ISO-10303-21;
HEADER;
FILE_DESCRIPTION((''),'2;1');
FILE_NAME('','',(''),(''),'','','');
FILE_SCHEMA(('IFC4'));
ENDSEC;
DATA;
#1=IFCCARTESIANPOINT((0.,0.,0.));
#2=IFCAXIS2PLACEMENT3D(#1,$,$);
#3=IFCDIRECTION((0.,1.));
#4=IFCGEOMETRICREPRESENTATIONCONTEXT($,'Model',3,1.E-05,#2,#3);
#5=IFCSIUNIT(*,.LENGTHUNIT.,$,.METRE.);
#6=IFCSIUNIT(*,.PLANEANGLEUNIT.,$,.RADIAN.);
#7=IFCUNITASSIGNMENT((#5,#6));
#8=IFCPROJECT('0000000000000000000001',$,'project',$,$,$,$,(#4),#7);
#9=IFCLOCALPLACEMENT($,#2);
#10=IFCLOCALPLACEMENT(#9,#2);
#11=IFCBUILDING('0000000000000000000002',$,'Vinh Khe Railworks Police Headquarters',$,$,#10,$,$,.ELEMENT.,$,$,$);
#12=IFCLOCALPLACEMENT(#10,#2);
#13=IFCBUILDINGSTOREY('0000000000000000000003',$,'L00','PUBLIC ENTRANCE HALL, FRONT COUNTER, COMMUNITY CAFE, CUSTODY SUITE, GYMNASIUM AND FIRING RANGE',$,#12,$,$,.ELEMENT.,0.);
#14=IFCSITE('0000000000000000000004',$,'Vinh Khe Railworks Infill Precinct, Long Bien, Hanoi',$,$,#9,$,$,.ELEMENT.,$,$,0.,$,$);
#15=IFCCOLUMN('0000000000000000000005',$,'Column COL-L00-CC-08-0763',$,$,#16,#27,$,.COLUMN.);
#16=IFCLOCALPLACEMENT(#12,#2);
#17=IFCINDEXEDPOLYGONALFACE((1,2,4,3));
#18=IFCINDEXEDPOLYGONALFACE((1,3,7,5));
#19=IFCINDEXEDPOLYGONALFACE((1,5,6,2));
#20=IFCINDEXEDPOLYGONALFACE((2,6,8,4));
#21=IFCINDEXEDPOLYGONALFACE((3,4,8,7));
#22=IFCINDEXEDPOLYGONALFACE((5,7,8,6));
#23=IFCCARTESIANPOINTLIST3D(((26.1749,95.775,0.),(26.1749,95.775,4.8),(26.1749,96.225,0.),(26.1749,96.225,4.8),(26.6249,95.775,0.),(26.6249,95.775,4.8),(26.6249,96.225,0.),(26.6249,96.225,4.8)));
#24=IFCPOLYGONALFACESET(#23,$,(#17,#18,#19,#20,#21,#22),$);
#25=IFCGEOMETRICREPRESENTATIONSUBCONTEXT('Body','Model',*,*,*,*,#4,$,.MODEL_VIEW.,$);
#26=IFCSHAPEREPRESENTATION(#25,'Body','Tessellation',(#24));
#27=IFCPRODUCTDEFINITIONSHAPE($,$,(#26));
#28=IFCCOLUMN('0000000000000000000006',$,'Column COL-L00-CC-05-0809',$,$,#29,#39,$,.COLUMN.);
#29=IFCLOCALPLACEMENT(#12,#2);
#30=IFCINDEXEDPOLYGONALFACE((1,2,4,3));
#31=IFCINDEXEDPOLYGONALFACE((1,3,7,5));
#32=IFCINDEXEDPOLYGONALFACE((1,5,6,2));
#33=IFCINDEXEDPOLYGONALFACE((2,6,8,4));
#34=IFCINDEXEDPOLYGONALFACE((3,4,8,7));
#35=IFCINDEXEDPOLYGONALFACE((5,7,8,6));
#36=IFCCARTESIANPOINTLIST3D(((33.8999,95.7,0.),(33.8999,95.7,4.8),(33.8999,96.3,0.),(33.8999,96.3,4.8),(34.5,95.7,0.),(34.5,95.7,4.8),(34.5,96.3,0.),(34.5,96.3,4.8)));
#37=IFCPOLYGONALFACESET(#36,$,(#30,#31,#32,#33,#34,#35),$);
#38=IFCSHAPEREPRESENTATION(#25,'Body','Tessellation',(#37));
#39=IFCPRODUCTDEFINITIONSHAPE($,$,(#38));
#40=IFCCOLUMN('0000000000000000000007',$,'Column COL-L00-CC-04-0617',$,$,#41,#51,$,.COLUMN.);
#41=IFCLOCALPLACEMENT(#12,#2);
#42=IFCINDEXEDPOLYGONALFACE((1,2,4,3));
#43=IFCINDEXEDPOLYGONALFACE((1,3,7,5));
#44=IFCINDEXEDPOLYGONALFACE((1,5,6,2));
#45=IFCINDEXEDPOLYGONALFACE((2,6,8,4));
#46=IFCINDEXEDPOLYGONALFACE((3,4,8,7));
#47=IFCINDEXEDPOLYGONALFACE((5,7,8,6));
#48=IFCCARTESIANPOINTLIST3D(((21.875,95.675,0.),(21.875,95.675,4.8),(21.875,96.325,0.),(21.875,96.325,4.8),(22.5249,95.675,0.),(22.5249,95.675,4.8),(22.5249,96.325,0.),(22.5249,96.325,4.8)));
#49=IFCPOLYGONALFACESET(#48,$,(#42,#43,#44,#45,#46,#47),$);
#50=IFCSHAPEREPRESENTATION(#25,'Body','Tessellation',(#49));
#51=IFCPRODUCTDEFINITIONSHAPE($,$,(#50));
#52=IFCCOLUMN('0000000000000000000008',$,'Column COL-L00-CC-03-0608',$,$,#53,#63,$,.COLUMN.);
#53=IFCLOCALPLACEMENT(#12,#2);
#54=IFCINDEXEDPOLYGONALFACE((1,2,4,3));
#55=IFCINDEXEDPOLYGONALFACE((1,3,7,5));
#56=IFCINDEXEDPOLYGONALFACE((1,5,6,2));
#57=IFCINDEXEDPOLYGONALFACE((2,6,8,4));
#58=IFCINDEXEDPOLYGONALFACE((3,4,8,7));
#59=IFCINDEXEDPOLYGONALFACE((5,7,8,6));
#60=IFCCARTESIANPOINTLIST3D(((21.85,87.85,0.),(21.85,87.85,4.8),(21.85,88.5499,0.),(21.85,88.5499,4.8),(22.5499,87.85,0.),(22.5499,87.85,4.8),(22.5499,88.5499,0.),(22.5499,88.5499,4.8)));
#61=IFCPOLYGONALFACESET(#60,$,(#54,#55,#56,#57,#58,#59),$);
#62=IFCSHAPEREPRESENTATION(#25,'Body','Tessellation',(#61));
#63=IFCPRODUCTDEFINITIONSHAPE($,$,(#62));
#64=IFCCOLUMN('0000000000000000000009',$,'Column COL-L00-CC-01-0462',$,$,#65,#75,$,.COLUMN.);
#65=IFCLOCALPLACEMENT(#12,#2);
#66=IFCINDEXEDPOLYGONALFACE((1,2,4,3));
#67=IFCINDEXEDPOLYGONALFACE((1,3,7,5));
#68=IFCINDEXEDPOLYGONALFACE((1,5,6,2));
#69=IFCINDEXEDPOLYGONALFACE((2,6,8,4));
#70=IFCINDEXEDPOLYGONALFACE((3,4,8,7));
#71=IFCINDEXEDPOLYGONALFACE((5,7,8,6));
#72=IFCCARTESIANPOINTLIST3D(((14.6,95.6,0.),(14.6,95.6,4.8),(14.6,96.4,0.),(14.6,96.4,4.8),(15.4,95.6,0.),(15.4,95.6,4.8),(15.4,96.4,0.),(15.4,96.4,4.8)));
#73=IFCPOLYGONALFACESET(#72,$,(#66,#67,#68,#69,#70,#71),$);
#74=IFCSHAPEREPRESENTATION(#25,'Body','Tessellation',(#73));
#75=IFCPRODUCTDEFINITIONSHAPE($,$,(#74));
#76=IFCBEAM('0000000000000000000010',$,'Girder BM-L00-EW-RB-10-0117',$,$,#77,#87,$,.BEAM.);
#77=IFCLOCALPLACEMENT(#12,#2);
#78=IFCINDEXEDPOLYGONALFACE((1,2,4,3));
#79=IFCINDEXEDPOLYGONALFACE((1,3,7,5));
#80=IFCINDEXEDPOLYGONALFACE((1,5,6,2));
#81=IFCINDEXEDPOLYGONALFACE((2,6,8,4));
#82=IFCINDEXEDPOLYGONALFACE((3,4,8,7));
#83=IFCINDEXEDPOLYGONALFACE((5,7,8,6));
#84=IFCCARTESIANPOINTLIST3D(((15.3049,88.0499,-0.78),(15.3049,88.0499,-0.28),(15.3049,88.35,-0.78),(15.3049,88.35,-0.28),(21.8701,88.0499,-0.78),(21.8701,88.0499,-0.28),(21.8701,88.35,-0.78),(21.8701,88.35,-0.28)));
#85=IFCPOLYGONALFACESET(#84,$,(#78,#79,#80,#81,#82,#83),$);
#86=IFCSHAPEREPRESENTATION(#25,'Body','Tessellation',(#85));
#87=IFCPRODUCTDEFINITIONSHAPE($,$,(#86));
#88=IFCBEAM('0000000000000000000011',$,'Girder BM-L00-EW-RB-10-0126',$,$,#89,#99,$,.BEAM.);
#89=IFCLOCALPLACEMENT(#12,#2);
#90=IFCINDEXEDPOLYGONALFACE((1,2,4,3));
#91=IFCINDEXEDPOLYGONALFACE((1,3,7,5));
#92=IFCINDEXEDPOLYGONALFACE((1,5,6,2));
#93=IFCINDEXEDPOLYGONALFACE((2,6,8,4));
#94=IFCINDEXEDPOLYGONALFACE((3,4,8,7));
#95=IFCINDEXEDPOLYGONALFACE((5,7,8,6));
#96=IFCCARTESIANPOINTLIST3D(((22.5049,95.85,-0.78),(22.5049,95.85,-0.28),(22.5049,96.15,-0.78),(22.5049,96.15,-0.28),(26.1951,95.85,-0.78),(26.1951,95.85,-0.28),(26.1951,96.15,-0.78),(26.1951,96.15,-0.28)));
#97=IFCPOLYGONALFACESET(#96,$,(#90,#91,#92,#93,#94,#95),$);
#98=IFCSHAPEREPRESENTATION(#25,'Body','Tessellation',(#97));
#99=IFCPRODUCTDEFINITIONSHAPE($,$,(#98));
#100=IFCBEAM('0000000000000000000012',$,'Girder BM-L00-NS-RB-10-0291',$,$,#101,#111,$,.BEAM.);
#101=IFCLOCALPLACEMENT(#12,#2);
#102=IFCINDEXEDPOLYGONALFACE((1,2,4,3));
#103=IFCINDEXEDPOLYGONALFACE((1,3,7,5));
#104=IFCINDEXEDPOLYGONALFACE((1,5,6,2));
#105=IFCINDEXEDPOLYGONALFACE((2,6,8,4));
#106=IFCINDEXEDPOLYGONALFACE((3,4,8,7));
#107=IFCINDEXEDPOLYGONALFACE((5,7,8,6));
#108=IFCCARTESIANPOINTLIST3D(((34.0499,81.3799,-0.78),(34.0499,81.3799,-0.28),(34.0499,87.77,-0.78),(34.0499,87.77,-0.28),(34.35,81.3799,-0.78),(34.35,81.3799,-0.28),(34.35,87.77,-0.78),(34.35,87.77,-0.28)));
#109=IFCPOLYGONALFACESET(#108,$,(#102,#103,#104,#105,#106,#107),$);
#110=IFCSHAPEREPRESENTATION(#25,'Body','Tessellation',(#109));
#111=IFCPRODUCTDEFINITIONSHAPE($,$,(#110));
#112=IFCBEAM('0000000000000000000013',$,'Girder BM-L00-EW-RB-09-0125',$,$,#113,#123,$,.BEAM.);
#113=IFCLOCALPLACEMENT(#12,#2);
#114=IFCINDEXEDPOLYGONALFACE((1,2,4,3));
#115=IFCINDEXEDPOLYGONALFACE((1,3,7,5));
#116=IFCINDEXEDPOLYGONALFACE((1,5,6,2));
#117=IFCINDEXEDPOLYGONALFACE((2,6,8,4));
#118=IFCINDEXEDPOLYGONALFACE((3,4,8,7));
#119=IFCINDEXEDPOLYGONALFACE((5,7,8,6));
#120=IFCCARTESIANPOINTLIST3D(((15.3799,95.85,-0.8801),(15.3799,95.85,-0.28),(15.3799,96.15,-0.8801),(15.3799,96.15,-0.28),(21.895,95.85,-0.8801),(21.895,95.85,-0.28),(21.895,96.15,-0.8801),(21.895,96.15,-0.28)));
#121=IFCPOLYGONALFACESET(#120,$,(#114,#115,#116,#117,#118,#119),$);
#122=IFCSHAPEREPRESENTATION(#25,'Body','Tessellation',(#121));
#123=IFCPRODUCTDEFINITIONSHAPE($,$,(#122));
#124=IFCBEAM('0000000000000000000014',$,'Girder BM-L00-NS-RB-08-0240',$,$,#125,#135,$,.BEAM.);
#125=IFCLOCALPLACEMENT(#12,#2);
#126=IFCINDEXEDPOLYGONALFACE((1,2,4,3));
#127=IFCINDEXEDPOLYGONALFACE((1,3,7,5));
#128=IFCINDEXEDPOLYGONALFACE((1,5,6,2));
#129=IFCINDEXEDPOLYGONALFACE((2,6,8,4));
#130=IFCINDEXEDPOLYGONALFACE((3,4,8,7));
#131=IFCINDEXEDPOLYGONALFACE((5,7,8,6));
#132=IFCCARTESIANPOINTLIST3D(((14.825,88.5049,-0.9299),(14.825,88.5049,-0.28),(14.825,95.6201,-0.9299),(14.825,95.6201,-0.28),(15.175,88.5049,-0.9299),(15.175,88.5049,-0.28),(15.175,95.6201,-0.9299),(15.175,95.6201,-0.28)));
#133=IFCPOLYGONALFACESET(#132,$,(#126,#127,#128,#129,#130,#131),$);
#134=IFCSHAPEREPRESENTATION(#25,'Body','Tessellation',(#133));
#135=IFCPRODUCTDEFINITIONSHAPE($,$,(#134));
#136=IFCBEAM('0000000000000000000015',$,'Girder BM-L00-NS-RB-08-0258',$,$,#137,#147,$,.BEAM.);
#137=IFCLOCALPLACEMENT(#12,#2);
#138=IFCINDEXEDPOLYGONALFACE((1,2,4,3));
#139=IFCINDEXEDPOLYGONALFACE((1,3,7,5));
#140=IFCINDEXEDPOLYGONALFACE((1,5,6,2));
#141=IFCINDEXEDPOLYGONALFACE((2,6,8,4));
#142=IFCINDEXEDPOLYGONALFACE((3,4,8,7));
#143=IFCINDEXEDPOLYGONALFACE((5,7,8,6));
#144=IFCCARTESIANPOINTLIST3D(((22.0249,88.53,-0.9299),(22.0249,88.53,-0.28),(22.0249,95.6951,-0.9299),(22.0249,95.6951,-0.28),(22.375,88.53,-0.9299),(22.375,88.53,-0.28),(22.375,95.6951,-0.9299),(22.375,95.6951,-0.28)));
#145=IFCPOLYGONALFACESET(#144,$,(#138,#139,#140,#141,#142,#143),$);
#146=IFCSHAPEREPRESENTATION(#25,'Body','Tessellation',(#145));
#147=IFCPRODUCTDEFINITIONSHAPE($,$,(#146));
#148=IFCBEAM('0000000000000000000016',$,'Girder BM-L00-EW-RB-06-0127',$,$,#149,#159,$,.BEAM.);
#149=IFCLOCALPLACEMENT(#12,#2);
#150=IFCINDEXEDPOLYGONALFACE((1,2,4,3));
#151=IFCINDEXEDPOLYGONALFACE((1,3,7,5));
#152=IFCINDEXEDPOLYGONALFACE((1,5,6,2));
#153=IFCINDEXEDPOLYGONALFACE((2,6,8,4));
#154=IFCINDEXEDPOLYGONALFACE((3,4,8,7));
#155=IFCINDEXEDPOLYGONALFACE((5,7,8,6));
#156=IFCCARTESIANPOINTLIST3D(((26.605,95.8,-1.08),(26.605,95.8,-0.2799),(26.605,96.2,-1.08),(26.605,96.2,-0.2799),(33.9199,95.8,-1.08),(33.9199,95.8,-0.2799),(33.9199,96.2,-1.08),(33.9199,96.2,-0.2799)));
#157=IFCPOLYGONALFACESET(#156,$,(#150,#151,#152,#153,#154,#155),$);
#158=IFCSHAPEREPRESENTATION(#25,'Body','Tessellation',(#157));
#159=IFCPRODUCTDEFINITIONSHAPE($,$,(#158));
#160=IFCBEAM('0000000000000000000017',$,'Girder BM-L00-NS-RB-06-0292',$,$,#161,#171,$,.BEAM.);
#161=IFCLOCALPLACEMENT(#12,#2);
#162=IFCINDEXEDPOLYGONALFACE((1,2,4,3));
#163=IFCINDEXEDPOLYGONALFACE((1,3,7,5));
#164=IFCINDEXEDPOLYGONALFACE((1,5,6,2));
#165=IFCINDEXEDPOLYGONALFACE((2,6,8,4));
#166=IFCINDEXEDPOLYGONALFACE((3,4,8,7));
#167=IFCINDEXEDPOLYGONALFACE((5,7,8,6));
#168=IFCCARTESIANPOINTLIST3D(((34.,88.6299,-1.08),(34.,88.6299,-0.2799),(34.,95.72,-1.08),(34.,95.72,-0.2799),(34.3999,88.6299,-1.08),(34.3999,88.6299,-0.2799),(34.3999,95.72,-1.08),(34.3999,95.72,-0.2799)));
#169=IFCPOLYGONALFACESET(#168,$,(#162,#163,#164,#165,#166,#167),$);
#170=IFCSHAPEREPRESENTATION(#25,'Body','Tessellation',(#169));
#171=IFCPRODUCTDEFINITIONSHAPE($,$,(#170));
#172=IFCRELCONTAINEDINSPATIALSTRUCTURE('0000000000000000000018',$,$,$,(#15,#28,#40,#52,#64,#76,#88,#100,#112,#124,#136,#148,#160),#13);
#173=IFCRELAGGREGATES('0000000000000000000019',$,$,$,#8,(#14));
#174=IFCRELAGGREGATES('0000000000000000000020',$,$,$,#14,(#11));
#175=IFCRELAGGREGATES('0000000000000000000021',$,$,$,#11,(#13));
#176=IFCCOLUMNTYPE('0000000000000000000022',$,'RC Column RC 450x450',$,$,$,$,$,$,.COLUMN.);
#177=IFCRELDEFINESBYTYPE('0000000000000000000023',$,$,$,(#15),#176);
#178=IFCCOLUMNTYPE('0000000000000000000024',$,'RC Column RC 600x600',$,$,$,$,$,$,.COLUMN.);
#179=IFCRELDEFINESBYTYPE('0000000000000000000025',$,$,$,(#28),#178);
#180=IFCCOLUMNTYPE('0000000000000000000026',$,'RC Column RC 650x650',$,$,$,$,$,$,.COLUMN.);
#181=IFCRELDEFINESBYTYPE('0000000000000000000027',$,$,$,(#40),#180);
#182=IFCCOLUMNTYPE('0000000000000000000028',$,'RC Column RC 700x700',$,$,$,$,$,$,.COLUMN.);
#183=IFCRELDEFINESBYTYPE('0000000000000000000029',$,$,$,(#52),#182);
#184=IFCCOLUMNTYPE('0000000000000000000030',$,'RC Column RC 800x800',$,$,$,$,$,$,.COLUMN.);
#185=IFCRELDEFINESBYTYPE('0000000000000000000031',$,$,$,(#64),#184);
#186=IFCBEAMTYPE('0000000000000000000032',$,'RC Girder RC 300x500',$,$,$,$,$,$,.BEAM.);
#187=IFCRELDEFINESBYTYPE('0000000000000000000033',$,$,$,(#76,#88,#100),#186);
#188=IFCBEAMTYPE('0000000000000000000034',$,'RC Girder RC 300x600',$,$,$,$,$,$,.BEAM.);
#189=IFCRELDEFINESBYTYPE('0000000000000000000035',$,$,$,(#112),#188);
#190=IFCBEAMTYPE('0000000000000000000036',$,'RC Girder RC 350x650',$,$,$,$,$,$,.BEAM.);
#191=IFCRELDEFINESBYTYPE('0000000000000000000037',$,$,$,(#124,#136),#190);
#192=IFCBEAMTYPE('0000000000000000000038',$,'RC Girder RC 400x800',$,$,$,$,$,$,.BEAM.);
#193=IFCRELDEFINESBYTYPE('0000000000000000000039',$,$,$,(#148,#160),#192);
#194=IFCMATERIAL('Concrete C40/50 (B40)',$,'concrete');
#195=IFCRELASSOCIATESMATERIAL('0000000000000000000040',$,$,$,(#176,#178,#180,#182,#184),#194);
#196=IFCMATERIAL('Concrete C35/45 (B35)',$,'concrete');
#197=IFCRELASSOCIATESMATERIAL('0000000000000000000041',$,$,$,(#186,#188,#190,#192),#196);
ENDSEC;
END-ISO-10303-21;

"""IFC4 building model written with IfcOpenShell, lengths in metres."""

from ifc_helpers import new_model, si_unit, direction, frame, origin, origin_2d, place, context, subcontext, project, spatial, rectangle, extrude, material, material_profile, profile_set, type_object, element, save


model = new_model("IFC4")

# Units and contexts
model_context = context("Model", 3, precision=1e-05, world=origin(), true_north=direction((0.0, 1.0)))
body_context = subcontext(model_context, "Body", "Model", "MODEL_VIEW")
ifc_project = project(units=[si_unit("LENGTHUNIT", "METRE"), si_unit("PLANEANGLEUNIT", "RADIAN")], contexts=[model_context])

# Site, building, storey
site_placement = place(None, origin())
site = spatial("IfcSite", under=ifc_project, at=site_placement, Name="Vinh Khe Railworks Infill Precinct, Long Bien, Hanoi", CompositionType="ELEMENT", RefElevation=0.0)
building_placement = place(site_placement, origin())
building = spatial("IfcBuilding", under=site, at=building_placement, Name="Vinh Khe Railworks Police Headquarters", CompositionType="ELEMENT")
storey_placement = place(building_placement, origin())
storey = spatial("IfcBuildingStorey", under=building, at=storey_placement, Name="L00", Description="PUBLIC ENTRANCE HALL, FRONT COUNTER, COMMUNITY CAFE, CUSTODY SUITE, GYMNASIUM AND FIRING RANGE", CompositionType="ELEMENT", Elevation=0.0)

# Columns
ifc_material_1 = material(Name="Concrete C40/50 (B40)", Category="concrete")
ifc_material_profile_1 = material_profile(ifc_material_1, rectangle(XDim=0.45, YDim=0.45, at=origin_2d()), Name="RC 450x450")
ifc_profile_set_1 = profile_set([ifc_material_profile_1], Name="Concrete C40/50 (B40)")
column_type_1 = type_object("IfcColumnType", Name="RC Column RC 450x450", PredefinedType="COLUMN", material=ifc_profile_set_1)
column_1_placement = place(storey_placement, frame((26.3999, 96.0, 0.0), z_axis=(0.0, 0.0, 1.0), x_axis=(1.0, 0.0, 0.0)))
element("IfcColumn", 1, at=column_1_placement, inside=storey, type_object=column_type_1, Name="Column COL-L00-CC-08-0763", PredefinedType="COLUMN", context=body_context, shape_type="SweptSolid", body=[
    extrude(rectangle(XDim=0.45, YDim=0.45, at=origin_2d()), origin(), (0.0, 0.0, 1.0), 4.8),
])
ifc_material_profile_2 = material_profile(ifc_material_1, rectangle(XDim=0.6001, YDim=0.6001, at=origin_2d()), Name="RC 600x600")
ifc_profile_set_2 = profile_set([ifc_material_profile_2], Name="Concrete C40/50 (B40)")
column_type_2 = type_object("IfcColumnType", Name="RC Column RC 600x600", PredefinedType="COLUMN", material=ifc_profile_set_2)
column_2_placement = place(storey_placement, frame((34.2, 96.0, 0.0), z_axis=(0.0, 0.0, 1.0), x_axis=(1.0, 0.0, 0.0)))
element("IfcColumn", 2, at=column_2_placement, inside=storey, type_object=column_type_2, Name="Column COL-L00-CC-05-0809", PredefinedType="COLUMN", context=body_context, shape_type="SweptSolid", body=[
    extrude(rectangle(XDim=0.6001, YDim=0.6001, at=origin_2d()), origin(), (0.0, 0.0, 1.0), 4.8),
])
ifc_material_profile_3 = material_profile(ifc_material_1, rectangle(XDim=0.6499, YDim=0.6499, at=origin_2d()), Name="RC 650x650")
ifc_profile_set_3 = profile_set([ifc_material_profile_3], Name="Concrete C40/50 (B40)")
column_type_3 = type_object("IfcColumnType", Name="RC Column RC 650x650", PredefinedType="COLUMN", material=ifc_profile_set_3)
column_3_placement = place(storey_placement, frame((22.2, 96.0, 0.0), z_axis=(0.0, 0.0, 1.0), x_axis=(1.0, 0.0, 0.0)))
element("IfcColumn", 3, at=column_3_placement, inside=storey, type_object=column_type_3, Name="Column COL-L00-CC-04-0617", PredefinedType="COLUMN", context=body_context, shape_type="SweptSolid", body=[
    extrude(rectangle(XDim=0.6499, YDim=0.6499, at=origin_2d()), origin(), (0.0, 0.0, 1.0), 4.8),
])
ifc_material_profile_4 = material_profile(ifc_material_1, rectangle(XDim=0.7, YDim=0.7, at=origin_2d()), Name="RC 700x700")
ifc_profile_set_4 = profile_set([ifc_material_profile_4], Name="Concrete C40/50 (B40)")
column_type_4 = type_object("IfcColumnType", Name="RC Column RC 700x700", PredefinedType="COLUMN", material=ifc_profile_set_4)
column_4_placement = place(storey_placement, frame((22.2, 88.2, 0.0), z_axis=(0.0, 0.0, 1.0), x_axis=(1.0, 0.0, 0.0)))
element("IfcColumn", 4, at=column_4_placement, inside=storey, type_object=column_type_4, Name="Column COL-L00-CC-03-0608", PredefinedType="COLUMN", context=body_context, shape_type="SweptSolid", body=[
    extrude(rectangle(XDim=0.7, YDim=0.7, at=origin_2d()), origin(), (0.0, 0.0, 1.0), 4.8),
])
ifc_material_profile_5 = material_profile(ifc_material_1, rectangle(XDim=0.8, YDim=0.8, at=origin_2d()), Name="RC 800x800")
ifc_profile_set_5 = profile_set([ifc_material_profile_5], Name="Concrete C40/50 (B40)")
column_type_5 = type_object("IfcColumnType", Name="RC Column RC 800x800", PredefinedType="COLUMN", material=ifc_profile_set_5)
column_5_placement = place(storey_placement, frame((15.0, 96.0, 0.0), z_axis=(0.0, 0.0, 1.0), x_axis=(1.0, 0.0, 0.0)))
element("IfcColumn", 5, at=column_5_placement, inside=storey, type_object=column_type_5, Name="Column COL-L00-CC-01-0462", PredefinedType="COLUMN", context=body_context, shape_type="SweptSolid", body=[
    extrude(rectangle(XDim=0.8, YDim=0.8, at=origin_2d()), origin(), (0.0, 0.0, 1.0), 4.8),
])

# Beams
ifc_material_2 = material(Name="Concrete C35/45 (B35)", Category="concrete")
ifc_material_profile_6 = material_profile(ifc_material_2, rectangle(XDim=0.3, YDim=0.5, at=origin_2d()), Name="RC 300x500")
ifc_profile_set_6 = profile_set([ifc_material_profile_6], Name="Concrete C35/45 (B35)")
beam_type_1 = type_object("IfcBeamType", Name="RC Girder RC 300x500", PredefinedType="BEAM", material=ifc_profile_set_6)
beam_1_placement = place(storey_placement, frame((15.3049, 88.2, -0.53), z_axis=(1.0, 0.0, 0.0), x_axis=(0.0, 1.0, 0.0)))
element("IfcBeam", 6, at=beam_1_placement, inside=storey, type_object=beam_type_1, Name="Girder BM-L00-EW-RB-10-0117", PredefinedType="BEAM", context=body_context, shape_type="SweptSolid", body=[
    extrude(rectangle(XDim=0.3, YDim=0.5, at=origin_2d()), origin(), (0.0, 0.0, 1.0), 6.5652),
])
beam_2_placement = place(storey_placement, frame((22.5049, 96.0, -0.53), z_axis=(1.0, 0.0, 0.0), x_axis=(0.0, 1.0, 0.0)))
element("IfcBeam", 7, at=beam_2_placement, inside=storey, type_object=beam_type_1, Name="Girder BM-L00-EW-RB-10-0126", PredefinedType="BEAM", context=body_context, shape_type="SweptSolid", body=[
    extrude(rectangle(XDim=0.3, YDim=0.5, at=origin_2d()), origin(), (0.0, 0.0, 1.0), 3.6902),
])
beam_3_placement = place(storey_placement, frame((34.2, 81.3799, -0.53), z_axis=(0.0, 1.0, 0.0), x_axis=(-1.0, 0.0, 0.0)))
element("IfcBeam", 8, at=beam_3_placement, inside=storey, type_object=beam_type_1, Name="Girder BM-L00-NS-RB-10-0291", PredefinedType="BEAM", context=body_context, shape_type="SweptSolid", body=[
    extrude(rectangle(XDim=0.3, YDim=0.5, at=origin_2d()), origin(), (0.0, 0.0, 1.0), 6.3901),
])
ifc_material_profile_7 = material_profile(ifc_material_2, rectangle(XDim=0.3, YDim=0.6001, at=origin_2d()), Name="RC 300x600")
ifc_profile_set_7 = profile_set([ifc_material_profile_7], Name="Concrete C35/45 (B35)")
beam_type_2 = type_object("IfcBeamType", Name="RC Girder RC 300x600", PredefinedType="BEAM", material=ifc_profile_set_7)
beam_4_placement = place(storey_placement, frame((15.3799, 96.0, -0.5801), z_axis=(1.0, 0.0, 0.0), x_axis=(0.0, 1.0, 0.0)))
element("IfcBeam", 9, at=beam_4_placement, inside=storey, type_object=beam_type_2, Name="Girder BM-L00-EW-RB-09-0125", PredefinedType="BEAM", context=body_context, shape_type="SweptSolid", body=[
    extrude(rectangle(XDim=0.3, YDim=0.6001, at=origin_2d()), origin(), (0.0, 0.0, 1.0), 6.5151),
])
ifc_material_profile_8 = material_profile(ifc_material_2, rectangle(XDim=0.3501, YDim=0.6499, at=origin_2d()), Name="RC 350x650")
ifc_profile_set_8 = profile_set([ifc_material_profile_8], Name="Concrete C35/45 (B35)")
beam_type_3 = type_object("IfcBeamType", Name="RC Girder RC 350x650", PredefinedType="BEAM", material=ifc_profile_set_8)
beam_5_placement = place(storey_placement, frame((15.0, 88.5049, -0.605), z_axis=(0.0, 1.0, 0.0), x_axis=(-1.0, 0.0, 0.0)))
element("IfcBeam", 10, at=beam_5_placement, inside=storey, type_object=beam_type_3, Name="Girder BM-L00-NS-RB-08-0240", PredefinedType="BEAM", context=body_context, shape_type="SweptSolid", body=[
    extrude(rectangle(XDim=0.3501, YDim=0.6499, at=origin_2d()), origin(), (0.0, 0.0, 1.0), 7.1152),
])
beam_6_placement = place(storey_placement, frame((22.2, 88.53, -0.605), z_axis=(0.0, 1.0, 0.0), x_axis=(-1.0, 0.0, 0.0)))
element("IfcBeam", 11, at=beam_6_placement, inside=storey, type_object=beam_type_3, Name="Girder BM-L00-NS-RB-08-0258", PredefinedType="BEAM", context=body_context, shape_type="SweptSolid", body=[
    extrude(rectangle(XDim=0.3501, YDim=0.6499, at=origin_2d()), origin(), (0.0, 0.0, 1.0), 7.165),
])
ifc_material_profile_9 = material_profile(ifc_material_2, rectangle(XDim=0.3999, YDim=0.8, at=origin_2d()), Name="RC 400x800")
ifc_profile_set_9 = profile_set([ifc_material_profile_9], Name="Concrete C35/45 (B35)")
beam_type_4 = type_object("IfcBeamType", Name="RC Girder RC 400x800", PredefinedType="BEAM", material=ifc_profile_set_9)
beam_7_placement = place(storey_placement, frame((26.605, 96.0, -0.6799), z_axis=(1.0, 0.0, 0.0), x_axis=(0.0, 1.0, 0.0)))
element("IfcBeam", 12, at=beam_7_placement, inside=storey, type_object=beam_type_4, Name="Girder BM-L00-EW-RB-06-0127", PredefinedType="BEAM", context=body_context, shape_type="SweptSolid", body=[
    extrude(rectangle(XDim=0.3999, YDim=0.8, at=origin_2d()), origin(), (0.0, 0.0, 1.0), 7.3149),
])
beam_8_placement = place(storey_placement, frame((34.2, 88.6299, -0.6799), z_axis=(0.0, 1.0, 0.0), x_axis=(-1.0, 0.0, 0.0)))
element("IfcBeam", 13, at=beam_8_placement, inside=storey, type_object=beam_type_4, Name="Girder BM-L00-NS-RB-06-0292", PredefinedType="BEAM", context=body_context, shape_type="SweptSolid", body=[
    extrude(rectangle(XDim=0.3999, YDim=0.8, at=origin_2d()), origin(), (0.0, 0.0, 1.0), 7.0901),
])

save(model, "model.ifc")
